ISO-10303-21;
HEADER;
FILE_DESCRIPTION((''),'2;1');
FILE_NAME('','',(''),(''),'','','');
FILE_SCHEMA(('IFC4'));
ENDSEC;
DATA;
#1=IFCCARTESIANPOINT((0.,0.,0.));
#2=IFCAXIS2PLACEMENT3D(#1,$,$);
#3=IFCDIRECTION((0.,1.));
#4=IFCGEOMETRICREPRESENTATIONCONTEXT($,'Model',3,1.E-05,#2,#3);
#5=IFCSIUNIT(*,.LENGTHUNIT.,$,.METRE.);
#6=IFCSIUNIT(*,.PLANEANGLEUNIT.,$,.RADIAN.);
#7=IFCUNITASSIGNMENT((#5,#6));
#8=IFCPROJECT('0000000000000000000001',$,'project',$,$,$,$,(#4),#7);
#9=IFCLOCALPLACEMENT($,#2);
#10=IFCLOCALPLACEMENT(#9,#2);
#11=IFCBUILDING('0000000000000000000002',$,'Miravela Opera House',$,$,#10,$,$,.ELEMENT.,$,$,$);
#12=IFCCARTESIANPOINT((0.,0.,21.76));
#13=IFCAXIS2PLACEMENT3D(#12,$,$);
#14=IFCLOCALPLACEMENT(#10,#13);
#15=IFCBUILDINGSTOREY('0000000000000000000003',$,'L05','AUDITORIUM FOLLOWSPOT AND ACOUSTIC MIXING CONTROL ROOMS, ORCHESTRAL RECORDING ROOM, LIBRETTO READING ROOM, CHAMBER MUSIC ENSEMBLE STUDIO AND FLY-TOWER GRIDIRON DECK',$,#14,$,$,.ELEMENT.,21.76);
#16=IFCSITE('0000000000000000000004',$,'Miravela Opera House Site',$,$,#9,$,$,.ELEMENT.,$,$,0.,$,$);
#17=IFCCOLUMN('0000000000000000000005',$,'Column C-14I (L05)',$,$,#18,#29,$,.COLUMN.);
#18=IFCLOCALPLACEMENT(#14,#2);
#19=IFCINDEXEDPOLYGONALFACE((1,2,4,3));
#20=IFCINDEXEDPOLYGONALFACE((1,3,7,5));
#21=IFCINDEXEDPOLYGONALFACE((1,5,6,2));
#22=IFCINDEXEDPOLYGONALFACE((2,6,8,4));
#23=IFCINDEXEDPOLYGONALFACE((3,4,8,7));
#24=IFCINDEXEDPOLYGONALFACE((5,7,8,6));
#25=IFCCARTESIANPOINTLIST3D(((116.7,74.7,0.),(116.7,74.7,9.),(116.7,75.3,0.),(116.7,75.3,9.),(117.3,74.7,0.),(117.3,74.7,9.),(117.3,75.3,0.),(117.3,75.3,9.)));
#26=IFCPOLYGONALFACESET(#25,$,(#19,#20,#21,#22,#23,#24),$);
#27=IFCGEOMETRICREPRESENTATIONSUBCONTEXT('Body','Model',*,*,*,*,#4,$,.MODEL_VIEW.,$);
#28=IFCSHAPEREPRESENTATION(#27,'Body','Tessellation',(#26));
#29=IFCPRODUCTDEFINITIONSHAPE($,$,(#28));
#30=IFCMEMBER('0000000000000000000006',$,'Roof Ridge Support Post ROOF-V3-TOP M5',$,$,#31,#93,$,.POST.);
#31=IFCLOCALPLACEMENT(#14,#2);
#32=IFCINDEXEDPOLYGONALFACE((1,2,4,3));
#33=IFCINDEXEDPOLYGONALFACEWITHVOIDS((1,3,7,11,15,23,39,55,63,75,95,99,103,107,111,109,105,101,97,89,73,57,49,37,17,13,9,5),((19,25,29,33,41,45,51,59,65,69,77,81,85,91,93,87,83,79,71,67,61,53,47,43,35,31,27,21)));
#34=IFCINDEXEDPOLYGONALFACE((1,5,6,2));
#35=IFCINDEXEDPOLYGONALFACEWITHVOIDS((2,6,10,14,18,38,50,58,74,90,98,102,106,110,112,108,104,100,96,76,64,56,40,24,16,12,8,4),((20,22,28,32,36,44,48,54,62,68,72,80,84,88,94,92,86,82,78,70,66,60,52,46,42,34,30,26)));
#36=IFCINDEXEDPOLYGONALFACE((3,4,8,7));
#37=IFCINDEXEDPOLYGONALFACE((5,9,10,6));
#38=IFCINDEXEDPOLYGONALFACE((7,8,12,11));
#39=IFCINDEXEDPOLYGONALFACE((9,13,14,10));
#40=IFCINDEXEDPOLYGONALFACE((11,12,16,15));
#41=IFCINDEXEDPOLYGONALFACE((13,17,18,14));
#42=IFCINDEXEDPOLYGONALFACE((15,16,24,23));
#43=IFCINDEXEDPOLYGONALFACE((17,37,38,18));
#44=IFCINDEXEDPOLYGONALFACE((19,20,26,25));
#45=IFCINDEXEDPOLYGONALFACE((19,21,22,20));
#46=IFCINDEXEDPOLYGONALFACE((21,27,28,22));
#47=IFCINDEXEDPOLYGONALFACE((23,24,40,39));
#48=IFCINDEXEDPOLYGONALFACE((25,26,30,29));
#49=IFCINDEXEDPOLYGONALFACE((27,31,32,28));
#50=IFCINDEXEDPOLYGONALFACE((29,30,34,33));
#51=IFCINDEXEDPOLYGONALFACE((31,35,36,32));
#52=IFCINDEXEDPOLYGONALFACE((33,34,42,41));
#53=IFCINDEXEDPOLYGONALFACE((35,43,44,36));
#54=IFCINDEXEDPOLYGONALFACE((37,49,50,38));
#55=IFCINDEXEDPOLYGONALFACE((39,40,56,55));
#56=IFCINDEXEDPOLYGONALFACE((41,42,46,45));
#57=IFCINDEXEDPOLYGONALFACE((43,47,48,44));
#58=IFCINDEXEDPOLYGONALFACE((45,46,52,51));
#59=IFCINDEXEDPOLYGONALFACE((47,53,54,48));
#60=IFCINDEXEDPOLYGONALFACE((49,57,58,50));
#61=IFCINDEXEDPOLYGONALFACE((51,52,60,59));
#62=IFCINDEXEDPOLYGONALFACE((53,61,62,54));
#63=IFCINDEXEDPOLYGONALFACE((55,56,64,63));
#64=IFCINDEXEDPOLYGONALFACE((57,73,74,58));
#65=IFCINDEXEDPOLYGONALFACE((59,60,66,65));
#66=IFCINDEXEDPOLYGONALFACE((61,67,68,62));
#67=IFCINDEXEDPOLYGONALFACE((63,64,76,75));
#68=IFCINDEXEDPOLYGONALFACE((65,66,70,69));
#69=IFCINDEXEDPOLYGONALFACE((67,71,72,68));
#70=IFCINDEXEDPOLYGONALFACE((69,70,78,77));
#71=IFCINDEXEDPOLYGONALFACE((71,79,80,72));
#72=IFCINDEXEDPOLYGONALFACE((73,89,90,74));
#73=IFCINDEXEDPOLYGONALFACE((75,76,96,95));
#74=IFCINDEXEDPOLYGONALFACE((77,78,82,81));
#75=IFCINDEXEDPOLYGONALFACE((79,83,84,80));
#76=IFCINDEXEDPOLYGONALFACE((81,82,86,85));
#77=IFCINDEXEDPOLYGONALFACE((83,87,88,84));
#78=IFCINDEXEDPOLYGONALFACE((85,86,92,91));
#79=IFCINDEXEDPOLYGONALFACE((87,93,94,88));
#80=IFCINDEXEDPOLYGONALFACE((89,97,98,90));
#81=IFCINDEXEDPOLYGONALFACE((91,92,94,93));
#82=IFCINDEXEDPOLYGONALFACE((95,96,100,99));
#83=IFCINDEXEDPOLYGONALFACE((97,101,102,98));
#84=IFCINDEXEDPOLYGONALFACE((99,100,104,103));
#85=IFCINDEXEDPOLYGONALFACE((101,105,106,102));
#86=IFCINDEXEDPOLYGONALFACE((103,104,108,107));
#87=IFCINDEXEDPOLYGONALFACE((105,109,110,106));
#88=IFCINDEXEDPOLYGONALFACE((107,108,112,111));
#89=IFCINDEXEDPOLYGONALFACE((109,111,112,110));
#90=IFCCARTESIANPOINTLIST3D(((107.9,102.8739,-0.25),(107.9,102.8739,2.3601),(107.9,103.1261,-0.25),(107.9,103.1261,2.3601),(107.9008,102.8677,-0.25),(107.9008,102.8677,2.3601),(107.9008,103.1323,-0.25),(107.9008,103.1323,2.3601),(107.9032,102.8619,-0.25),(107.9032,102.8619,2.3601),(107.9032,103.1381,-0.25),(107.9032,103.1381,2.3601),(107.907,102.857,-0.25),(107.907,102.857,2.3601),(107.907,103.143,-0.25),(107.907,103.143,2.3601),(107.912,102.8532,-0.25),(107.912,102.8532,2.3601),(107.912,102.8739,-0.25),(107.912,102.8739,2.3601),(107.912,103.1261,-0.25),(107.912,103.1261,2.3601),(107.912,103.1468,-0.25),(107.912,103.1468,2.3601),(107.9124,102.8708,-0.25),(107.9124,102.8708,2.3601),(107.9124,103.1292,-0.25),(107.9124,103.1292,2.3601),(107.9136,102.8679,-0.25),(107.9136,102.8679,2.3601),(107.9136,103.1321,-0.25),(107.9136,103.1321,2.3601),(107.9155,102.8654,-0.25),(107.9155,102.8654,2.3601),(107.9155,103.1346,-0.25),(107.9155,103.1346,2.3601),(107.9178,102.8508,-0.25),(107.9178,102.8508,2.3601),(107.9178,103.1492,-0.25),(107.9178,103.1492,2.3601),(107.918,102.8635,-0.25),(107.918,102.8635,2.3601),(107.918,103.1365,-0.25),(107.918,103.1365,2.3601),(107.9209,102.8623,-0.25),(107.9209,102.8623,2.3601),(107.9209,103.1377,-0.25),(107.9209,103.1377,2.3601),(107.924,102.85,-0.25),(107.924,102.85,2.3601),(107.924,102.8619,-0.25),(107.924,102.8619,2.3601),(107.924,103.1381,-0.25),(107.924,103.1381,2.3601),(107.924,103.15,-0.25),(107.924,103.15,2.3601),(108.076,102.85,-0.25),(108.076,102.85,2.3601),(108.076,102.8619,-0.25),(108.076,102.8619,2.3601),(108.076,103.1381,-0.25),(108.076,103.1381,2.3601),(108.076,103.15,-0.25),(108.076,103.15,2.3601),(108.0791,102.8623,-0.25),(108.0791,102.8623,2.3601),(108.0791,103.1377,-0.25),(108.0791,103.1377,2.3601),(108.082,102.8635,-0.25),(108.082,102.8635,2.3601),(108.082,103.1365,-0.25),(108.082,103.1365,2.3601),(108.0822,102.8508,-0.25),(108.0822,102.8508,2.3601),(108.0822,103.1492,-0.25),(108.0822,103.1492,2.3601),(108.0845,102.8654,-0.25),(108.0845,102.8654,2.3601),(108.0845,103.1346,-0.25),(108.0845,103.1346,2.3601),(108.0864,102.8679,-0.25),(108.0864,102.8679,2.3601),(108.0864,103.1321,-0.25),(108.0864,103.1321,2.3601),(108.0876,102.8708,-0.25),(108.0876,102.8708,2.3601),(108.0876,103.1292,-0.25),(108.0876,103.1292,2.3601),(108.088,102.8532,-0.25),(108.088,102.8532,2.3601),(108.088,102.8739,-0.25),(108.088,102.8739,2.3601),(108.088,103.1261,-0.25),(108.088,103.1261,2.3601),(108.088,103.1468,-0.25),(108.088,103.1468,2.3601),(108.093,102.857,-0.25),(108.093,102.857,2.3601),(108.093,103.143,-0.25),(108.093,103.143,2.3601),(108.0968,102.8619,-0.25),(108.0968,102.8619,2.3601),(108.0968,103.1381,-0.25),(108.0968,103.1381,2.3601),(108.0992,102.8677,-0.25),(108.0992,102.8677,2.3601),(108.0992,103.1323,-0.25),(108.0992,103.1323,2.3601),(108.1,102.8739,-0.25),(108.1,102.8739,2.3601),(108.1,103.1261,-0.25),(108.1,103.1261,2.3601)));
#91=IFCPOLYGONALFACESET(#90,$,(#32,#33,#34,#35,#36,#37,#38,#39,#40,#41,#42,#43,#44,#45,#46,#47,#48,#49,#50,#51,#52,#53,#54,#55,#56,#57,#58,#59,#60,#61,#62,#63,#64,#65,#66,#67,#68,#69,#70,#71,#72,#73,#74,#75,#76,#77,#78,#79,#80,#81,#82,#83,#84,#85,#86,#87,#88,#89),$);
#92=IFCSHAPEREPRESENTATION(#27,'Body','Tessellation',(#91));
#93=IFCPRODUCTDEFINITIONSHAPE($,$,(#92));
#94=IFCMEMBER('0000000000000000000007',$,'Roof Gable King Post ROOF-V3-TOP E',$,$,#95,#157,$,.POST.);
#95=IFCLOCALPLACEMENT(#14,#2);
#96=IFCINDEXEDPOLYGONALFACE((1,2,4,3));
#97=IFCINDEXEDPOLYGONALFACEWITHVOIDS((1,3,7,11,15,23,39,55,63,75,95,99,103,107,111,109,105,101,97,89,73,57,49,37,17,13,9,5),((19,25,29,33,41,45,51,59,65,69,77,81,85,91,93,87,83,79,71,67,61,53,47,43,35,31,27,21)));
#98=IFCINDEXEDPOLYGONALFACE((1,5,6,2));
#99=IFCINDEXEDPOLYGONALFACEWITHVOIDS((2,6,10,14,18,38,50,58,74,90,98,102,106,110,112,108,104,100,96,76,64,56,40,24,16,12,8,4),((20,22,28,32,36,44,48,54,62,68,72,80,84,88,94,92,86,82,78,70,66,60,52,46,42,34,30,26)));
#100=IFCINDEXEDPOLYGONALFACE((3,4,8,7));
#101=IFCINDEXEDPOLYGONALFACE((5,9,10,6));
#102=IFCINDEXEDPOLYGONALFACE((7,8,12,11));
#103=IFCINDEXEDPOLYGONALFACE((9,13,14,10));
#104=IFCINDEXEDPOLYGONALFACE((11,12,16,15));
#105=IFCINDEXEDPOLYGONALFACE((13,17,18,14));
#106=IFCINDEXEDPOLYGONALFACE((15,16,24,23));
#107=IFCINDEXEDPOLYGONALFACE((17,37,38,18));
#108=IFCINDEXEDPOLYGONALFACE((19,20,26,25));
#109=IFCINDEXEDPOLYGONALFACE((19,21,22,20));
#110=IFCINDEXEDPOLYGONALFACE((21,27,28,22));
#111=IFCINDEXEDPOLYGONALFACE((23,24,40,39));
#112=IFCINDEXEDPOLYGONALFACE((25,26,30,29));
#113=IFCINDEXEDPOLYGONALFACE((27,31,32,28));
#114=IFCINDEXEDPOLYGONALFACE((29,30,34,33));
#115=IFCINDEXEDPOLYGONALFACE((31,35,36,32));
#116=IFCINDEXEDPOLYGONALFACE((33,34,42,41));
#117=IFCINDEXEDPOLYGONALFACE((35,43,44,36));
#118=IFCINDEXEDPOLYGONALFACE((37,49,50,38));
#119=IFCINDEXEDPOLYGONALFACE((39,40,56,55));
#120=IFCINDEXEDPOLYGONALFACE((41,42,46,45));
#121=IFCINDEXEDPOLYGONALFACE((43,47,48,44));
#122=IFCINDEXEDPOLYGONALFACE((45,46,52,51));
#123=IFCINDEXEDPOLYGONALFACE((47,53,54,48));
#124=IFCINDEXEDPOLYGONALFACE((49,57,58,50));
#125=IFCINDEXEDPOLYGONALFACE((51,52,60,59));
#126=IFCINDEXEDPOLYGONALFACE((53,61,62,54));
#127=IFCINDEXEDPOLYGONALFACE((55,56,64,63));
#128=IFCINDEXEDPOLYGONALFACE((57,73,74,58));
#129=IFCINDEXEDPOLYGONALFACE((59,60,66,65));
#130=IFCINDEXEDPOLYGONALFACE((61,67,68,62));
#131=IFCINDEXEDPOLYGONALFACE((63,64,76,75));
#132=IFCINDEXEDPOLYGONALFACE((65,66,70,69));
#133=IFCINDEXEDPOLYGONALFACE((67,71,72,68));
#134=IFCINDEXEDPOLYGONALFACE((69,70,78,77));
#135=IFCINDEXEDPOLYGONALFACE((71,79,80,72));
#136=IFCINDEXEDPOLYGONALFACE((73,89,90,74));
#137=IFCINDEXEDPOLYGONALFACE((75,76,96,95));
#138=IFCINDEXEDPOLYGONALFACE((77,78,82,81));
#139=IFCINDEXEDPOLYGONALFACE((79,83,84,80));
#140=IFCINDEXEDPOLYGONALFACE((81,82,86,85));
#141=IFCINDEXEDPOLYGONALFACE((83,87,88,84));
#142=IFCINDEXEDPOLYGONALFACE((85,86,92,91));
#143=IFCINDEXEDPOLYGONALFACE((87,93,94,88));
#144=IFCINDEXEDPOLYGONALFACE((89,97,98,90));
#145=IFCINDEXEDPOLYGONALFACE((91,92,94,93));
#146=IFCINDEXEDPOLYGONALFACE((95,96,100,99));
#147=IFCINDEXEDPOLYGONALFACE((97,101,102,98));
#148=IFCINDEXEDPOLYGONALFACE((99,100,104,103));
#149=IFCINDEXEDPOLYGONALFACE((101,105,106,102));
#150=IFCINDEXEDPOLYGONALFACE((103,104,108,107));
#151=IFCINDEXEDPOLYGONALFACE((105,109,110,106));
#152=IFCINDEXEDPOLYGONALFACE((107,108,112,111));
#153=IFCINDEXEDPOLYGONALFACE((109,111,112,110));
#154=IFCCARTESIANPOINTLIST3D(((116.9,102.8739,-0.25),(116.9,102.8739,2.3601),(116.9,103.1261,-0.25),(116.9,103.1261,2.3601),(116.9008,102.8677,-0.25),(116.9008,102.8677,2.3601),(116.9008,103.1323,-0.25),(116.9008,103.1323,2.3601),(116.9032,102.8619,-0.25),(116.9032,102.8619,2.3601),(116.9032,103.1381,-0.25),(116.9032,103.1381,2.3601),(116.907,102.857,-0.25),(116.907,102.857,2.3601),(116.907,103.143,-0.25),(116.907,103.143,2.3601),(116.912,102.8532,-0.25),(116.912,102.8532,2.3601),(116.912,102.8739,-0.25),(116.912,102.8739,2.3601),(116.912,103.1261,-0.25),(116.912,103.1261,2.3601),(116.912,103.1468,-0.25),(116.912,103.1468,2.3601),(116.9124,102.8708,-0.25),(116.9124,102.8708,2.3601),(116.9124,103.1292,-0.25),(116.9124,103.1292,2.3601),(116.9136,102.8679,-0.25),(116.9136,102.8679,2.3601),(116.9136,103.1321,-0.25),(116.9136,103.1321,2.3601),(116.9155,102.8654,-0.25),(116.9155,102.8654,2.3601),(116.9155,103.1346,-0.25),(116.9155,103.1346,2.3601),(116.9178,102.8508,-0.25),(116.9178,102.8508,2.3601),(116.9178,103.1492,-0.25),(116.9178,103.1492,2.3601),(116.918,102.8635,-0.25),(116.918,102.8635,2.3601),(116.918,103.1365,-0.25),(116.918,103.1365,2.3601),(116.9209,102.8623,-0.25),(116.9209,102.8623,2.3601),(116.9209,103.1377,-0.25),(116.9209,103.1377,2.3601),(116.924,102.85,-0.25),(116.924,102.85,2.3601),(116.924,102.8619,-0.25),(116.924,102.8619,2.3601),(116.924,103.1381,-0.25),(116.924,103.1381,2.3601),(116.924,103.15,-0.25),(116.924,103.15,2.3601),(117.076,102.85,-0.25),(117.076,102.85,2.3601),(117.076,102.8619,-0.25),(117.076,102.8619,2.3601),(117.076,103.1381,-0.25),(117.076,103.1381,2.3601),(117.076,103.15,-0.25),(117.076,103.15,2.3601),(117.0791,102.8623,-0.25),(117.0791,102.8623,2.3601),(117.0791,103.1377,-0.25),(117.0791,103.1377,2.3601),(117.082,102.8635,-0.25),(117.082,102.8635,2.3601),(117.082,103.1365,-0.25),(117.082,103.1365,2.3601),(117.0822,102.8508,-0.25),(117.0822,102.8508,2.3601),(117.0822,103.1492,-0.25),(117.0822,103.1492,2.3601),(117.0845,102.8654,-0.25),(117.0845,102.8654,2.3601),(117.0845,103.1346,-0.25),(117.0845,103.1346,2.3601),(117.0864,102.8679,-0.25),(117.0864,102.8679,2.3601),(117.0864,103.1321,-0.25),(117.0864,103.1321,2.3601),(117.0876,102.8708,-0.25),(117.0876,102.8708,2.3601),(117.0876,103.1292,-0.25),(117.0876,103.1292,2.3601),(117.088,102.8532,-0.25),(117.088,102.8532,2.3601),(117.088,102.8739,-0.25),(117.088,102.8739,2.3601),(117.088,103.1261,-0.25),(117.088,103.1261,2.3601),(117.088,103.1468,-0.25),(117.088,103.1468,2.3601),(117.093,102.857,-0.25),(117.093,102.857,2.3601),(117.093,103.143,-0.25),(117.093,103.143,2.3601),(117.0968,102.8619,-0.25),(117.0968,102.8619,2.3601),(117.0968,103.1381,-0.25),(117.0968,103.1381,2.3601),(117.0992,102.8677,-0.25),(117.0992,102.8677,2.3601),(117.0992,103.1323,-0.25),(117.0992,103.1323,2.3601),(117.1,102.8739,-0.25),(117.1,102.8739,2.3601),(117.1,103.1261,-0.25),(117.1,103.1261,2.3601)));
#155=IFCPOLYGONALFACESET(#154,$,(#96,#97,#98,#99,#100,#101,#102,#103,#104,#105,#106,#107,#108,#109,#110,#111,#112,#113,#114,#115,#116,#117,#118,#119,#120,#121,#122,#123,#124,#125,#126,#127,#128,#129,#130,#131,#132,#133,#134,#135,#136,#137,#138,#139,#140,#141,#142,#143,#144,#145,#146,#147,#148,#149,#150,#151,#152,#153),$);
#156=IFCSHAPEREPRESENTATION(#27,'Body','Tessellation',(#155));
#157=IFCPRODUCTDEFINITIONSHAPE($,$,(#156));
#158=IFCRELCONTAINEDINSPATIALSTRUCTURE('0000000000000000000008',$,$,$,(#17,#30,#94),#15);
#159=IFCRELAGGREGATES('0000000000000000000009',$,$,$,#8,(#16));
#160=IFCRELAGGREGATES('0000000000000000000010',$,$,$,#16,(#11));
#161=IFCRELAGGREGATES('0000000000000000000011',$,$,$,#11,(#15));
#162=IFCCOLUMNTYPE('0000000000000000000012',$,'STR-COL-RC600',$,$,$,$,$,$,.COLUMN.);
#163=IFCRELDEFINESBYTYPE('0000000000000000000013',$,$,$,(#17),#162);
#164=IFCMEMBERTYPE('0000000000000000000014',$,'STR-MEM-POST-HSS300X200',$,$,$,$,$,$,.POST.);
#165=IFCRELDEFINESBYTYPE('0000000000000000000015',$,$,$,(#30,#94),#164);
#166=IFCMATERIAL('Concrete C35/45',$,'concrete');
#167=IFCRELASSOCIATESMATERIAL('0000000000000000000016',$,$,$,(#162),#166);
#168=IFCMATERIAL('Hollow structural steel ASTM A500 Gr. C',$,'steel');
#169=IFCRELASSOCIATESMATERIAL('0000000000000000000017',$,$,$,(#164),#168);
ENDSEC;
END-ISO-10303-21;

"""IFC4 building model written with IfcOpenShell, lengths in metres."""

from ifc_helpers import new_model, si_unit, direction, frame, origin, origin_2d, place, context, subcontext, project, spatial, rectangle, hollow_rectangle, extrude, material, material_profile, profile_set, type_object, element, save


model = new_model("IFC4")

# Units and contexts
model_context = context("Model", 3, precision=1e-05, world=origin(), true_north=direction((0.0, 1.0)))
body_context = subcontext(model_context, "Body", "Model", "MODEL_VIEW")
ifc_project = project(units=[si_unit("LENGTHUNIT", "METRE"), si_unit("PLANEANGLEUNIT", "RADIAN")], contexts=[model_context])

# Site, building, storey
site_placement = place(None, origin())
site = spatial("IfcSite", under=ifc_project, at=site_placement, Name="Miravela Opera House Site", CompositionType="ELEMENT", RefElevation=0.0)
building_placement = place(site_placement, origin())
building = spatial("IfcBuilding", under=site, at=building_placement, Name="Miravela Opera House", CompositionType="ELEMENT")
storey_placement = place(building_placement, frame((0.0, 0.0, 21.76)))
storey = spatial("IfcBuildingStorey", under=building, at=storey_placement, Name="L05", Description="AUDITORIUM FOLLOWSPOT AND ACOUSTIC MIXING CONTROL ROOMS, ORCHESTRAL RECORDING ROOM, LIBRETTO READING ROOM, CHAMBER MUSIC ENSEMBLE STUDIO AND FLY-TOWER GRIDIRON DECK", CompositionType="ELEMENT", Elevation=21.76)

# Column
ifc_material_1 = material(Name="Concrete C35/45", Category="concrete")
ifc_material_profile_1 = material_profile(ifc_material_1, rectangle(XDim=0.6001, YDim=0.6001, at=origin_2d()), Name="RC-COL-600X600")
ifc_profile_set_1 = profile_set([ifc_material_profile_1])
column_type = type_object("IfcColumnType", Name="STR-COL-RC600", PredefinedType="COLUMN", material=ifc_profile_set_1)
column_placement = place(storey_placement, frame((117.0, 75.0, 0.0), z_axis=(0.0, 0.0, 1.0), x_axis=(1.0, 0.0, 0.0)))
element("IfcColumn", 1, at=column_placement, inside=storey, type_object=column_type, Name="Column C-14I (L05)", PredefinedType="COLUMN", context=body_context, shape_type="SweptSolid", body=[
    extrude(rectangle(XDim=0.6001, YDim=0.6001, at=origin_2d()), origin(), (0.0, 0.0, 1.0), 9.0),
])

# Members
ifc_material_2 = material(Name="Hollow structural steel ASTM A500 Gr. C", Category="steel")
ifc_material_profile_2 = material_profile(ifc_material_2, hollow_rectangle(XDim=0.2, YDim=0.3, WallThickness=0.012, InnerFilletRadius=0.012, OuterFilletRadius=0.0239, at=origin_2d()), Name="HSS300X200X12")
ifc_profile_set_2 = profile_set([ifc_material_profile_2])
member_type_1 = type_object("IfcMemberType", Name="STR-MEM-POST-HSS300X200", PredefinedType="POST", material=ifc_profile_set_2)
for number, where, z_axis, x_axis, name in (
    (2, (108.0, 103.0, -0.25), (0.0, 0.0, 1.0), (1.0, 0.0, 0.0), "Roof Ridge Support Post ROOF-V3-TOP M5"),
    (3, (117.0, 103.0, -0.25), (0.0, 0.0, 1.0), (1.0, 0.0, 0.0), "Roof Gable King Post ROOF-V3-TOP E"),
):
    element("IfcMember", number, at=place(storey_placement, frame(where, z_axis=z_axis, x_axis=x_axis)), inside=storey, type_object=member_type_1, Name=name, PredefinedType="POST", context=body_context, shape_type="SweptSolid", body=[
        extrude(hollow_rectangle(XDim=0.2, YDim=0.3, WallThickness=0.012, InnerFilletRadius=0.012, OuterFilletRadius=0.0239, at=origin_2d()), origin(), (0.0, 0.0, 1.0), 2.6101),
    ])

save(model, "model.ifc")
